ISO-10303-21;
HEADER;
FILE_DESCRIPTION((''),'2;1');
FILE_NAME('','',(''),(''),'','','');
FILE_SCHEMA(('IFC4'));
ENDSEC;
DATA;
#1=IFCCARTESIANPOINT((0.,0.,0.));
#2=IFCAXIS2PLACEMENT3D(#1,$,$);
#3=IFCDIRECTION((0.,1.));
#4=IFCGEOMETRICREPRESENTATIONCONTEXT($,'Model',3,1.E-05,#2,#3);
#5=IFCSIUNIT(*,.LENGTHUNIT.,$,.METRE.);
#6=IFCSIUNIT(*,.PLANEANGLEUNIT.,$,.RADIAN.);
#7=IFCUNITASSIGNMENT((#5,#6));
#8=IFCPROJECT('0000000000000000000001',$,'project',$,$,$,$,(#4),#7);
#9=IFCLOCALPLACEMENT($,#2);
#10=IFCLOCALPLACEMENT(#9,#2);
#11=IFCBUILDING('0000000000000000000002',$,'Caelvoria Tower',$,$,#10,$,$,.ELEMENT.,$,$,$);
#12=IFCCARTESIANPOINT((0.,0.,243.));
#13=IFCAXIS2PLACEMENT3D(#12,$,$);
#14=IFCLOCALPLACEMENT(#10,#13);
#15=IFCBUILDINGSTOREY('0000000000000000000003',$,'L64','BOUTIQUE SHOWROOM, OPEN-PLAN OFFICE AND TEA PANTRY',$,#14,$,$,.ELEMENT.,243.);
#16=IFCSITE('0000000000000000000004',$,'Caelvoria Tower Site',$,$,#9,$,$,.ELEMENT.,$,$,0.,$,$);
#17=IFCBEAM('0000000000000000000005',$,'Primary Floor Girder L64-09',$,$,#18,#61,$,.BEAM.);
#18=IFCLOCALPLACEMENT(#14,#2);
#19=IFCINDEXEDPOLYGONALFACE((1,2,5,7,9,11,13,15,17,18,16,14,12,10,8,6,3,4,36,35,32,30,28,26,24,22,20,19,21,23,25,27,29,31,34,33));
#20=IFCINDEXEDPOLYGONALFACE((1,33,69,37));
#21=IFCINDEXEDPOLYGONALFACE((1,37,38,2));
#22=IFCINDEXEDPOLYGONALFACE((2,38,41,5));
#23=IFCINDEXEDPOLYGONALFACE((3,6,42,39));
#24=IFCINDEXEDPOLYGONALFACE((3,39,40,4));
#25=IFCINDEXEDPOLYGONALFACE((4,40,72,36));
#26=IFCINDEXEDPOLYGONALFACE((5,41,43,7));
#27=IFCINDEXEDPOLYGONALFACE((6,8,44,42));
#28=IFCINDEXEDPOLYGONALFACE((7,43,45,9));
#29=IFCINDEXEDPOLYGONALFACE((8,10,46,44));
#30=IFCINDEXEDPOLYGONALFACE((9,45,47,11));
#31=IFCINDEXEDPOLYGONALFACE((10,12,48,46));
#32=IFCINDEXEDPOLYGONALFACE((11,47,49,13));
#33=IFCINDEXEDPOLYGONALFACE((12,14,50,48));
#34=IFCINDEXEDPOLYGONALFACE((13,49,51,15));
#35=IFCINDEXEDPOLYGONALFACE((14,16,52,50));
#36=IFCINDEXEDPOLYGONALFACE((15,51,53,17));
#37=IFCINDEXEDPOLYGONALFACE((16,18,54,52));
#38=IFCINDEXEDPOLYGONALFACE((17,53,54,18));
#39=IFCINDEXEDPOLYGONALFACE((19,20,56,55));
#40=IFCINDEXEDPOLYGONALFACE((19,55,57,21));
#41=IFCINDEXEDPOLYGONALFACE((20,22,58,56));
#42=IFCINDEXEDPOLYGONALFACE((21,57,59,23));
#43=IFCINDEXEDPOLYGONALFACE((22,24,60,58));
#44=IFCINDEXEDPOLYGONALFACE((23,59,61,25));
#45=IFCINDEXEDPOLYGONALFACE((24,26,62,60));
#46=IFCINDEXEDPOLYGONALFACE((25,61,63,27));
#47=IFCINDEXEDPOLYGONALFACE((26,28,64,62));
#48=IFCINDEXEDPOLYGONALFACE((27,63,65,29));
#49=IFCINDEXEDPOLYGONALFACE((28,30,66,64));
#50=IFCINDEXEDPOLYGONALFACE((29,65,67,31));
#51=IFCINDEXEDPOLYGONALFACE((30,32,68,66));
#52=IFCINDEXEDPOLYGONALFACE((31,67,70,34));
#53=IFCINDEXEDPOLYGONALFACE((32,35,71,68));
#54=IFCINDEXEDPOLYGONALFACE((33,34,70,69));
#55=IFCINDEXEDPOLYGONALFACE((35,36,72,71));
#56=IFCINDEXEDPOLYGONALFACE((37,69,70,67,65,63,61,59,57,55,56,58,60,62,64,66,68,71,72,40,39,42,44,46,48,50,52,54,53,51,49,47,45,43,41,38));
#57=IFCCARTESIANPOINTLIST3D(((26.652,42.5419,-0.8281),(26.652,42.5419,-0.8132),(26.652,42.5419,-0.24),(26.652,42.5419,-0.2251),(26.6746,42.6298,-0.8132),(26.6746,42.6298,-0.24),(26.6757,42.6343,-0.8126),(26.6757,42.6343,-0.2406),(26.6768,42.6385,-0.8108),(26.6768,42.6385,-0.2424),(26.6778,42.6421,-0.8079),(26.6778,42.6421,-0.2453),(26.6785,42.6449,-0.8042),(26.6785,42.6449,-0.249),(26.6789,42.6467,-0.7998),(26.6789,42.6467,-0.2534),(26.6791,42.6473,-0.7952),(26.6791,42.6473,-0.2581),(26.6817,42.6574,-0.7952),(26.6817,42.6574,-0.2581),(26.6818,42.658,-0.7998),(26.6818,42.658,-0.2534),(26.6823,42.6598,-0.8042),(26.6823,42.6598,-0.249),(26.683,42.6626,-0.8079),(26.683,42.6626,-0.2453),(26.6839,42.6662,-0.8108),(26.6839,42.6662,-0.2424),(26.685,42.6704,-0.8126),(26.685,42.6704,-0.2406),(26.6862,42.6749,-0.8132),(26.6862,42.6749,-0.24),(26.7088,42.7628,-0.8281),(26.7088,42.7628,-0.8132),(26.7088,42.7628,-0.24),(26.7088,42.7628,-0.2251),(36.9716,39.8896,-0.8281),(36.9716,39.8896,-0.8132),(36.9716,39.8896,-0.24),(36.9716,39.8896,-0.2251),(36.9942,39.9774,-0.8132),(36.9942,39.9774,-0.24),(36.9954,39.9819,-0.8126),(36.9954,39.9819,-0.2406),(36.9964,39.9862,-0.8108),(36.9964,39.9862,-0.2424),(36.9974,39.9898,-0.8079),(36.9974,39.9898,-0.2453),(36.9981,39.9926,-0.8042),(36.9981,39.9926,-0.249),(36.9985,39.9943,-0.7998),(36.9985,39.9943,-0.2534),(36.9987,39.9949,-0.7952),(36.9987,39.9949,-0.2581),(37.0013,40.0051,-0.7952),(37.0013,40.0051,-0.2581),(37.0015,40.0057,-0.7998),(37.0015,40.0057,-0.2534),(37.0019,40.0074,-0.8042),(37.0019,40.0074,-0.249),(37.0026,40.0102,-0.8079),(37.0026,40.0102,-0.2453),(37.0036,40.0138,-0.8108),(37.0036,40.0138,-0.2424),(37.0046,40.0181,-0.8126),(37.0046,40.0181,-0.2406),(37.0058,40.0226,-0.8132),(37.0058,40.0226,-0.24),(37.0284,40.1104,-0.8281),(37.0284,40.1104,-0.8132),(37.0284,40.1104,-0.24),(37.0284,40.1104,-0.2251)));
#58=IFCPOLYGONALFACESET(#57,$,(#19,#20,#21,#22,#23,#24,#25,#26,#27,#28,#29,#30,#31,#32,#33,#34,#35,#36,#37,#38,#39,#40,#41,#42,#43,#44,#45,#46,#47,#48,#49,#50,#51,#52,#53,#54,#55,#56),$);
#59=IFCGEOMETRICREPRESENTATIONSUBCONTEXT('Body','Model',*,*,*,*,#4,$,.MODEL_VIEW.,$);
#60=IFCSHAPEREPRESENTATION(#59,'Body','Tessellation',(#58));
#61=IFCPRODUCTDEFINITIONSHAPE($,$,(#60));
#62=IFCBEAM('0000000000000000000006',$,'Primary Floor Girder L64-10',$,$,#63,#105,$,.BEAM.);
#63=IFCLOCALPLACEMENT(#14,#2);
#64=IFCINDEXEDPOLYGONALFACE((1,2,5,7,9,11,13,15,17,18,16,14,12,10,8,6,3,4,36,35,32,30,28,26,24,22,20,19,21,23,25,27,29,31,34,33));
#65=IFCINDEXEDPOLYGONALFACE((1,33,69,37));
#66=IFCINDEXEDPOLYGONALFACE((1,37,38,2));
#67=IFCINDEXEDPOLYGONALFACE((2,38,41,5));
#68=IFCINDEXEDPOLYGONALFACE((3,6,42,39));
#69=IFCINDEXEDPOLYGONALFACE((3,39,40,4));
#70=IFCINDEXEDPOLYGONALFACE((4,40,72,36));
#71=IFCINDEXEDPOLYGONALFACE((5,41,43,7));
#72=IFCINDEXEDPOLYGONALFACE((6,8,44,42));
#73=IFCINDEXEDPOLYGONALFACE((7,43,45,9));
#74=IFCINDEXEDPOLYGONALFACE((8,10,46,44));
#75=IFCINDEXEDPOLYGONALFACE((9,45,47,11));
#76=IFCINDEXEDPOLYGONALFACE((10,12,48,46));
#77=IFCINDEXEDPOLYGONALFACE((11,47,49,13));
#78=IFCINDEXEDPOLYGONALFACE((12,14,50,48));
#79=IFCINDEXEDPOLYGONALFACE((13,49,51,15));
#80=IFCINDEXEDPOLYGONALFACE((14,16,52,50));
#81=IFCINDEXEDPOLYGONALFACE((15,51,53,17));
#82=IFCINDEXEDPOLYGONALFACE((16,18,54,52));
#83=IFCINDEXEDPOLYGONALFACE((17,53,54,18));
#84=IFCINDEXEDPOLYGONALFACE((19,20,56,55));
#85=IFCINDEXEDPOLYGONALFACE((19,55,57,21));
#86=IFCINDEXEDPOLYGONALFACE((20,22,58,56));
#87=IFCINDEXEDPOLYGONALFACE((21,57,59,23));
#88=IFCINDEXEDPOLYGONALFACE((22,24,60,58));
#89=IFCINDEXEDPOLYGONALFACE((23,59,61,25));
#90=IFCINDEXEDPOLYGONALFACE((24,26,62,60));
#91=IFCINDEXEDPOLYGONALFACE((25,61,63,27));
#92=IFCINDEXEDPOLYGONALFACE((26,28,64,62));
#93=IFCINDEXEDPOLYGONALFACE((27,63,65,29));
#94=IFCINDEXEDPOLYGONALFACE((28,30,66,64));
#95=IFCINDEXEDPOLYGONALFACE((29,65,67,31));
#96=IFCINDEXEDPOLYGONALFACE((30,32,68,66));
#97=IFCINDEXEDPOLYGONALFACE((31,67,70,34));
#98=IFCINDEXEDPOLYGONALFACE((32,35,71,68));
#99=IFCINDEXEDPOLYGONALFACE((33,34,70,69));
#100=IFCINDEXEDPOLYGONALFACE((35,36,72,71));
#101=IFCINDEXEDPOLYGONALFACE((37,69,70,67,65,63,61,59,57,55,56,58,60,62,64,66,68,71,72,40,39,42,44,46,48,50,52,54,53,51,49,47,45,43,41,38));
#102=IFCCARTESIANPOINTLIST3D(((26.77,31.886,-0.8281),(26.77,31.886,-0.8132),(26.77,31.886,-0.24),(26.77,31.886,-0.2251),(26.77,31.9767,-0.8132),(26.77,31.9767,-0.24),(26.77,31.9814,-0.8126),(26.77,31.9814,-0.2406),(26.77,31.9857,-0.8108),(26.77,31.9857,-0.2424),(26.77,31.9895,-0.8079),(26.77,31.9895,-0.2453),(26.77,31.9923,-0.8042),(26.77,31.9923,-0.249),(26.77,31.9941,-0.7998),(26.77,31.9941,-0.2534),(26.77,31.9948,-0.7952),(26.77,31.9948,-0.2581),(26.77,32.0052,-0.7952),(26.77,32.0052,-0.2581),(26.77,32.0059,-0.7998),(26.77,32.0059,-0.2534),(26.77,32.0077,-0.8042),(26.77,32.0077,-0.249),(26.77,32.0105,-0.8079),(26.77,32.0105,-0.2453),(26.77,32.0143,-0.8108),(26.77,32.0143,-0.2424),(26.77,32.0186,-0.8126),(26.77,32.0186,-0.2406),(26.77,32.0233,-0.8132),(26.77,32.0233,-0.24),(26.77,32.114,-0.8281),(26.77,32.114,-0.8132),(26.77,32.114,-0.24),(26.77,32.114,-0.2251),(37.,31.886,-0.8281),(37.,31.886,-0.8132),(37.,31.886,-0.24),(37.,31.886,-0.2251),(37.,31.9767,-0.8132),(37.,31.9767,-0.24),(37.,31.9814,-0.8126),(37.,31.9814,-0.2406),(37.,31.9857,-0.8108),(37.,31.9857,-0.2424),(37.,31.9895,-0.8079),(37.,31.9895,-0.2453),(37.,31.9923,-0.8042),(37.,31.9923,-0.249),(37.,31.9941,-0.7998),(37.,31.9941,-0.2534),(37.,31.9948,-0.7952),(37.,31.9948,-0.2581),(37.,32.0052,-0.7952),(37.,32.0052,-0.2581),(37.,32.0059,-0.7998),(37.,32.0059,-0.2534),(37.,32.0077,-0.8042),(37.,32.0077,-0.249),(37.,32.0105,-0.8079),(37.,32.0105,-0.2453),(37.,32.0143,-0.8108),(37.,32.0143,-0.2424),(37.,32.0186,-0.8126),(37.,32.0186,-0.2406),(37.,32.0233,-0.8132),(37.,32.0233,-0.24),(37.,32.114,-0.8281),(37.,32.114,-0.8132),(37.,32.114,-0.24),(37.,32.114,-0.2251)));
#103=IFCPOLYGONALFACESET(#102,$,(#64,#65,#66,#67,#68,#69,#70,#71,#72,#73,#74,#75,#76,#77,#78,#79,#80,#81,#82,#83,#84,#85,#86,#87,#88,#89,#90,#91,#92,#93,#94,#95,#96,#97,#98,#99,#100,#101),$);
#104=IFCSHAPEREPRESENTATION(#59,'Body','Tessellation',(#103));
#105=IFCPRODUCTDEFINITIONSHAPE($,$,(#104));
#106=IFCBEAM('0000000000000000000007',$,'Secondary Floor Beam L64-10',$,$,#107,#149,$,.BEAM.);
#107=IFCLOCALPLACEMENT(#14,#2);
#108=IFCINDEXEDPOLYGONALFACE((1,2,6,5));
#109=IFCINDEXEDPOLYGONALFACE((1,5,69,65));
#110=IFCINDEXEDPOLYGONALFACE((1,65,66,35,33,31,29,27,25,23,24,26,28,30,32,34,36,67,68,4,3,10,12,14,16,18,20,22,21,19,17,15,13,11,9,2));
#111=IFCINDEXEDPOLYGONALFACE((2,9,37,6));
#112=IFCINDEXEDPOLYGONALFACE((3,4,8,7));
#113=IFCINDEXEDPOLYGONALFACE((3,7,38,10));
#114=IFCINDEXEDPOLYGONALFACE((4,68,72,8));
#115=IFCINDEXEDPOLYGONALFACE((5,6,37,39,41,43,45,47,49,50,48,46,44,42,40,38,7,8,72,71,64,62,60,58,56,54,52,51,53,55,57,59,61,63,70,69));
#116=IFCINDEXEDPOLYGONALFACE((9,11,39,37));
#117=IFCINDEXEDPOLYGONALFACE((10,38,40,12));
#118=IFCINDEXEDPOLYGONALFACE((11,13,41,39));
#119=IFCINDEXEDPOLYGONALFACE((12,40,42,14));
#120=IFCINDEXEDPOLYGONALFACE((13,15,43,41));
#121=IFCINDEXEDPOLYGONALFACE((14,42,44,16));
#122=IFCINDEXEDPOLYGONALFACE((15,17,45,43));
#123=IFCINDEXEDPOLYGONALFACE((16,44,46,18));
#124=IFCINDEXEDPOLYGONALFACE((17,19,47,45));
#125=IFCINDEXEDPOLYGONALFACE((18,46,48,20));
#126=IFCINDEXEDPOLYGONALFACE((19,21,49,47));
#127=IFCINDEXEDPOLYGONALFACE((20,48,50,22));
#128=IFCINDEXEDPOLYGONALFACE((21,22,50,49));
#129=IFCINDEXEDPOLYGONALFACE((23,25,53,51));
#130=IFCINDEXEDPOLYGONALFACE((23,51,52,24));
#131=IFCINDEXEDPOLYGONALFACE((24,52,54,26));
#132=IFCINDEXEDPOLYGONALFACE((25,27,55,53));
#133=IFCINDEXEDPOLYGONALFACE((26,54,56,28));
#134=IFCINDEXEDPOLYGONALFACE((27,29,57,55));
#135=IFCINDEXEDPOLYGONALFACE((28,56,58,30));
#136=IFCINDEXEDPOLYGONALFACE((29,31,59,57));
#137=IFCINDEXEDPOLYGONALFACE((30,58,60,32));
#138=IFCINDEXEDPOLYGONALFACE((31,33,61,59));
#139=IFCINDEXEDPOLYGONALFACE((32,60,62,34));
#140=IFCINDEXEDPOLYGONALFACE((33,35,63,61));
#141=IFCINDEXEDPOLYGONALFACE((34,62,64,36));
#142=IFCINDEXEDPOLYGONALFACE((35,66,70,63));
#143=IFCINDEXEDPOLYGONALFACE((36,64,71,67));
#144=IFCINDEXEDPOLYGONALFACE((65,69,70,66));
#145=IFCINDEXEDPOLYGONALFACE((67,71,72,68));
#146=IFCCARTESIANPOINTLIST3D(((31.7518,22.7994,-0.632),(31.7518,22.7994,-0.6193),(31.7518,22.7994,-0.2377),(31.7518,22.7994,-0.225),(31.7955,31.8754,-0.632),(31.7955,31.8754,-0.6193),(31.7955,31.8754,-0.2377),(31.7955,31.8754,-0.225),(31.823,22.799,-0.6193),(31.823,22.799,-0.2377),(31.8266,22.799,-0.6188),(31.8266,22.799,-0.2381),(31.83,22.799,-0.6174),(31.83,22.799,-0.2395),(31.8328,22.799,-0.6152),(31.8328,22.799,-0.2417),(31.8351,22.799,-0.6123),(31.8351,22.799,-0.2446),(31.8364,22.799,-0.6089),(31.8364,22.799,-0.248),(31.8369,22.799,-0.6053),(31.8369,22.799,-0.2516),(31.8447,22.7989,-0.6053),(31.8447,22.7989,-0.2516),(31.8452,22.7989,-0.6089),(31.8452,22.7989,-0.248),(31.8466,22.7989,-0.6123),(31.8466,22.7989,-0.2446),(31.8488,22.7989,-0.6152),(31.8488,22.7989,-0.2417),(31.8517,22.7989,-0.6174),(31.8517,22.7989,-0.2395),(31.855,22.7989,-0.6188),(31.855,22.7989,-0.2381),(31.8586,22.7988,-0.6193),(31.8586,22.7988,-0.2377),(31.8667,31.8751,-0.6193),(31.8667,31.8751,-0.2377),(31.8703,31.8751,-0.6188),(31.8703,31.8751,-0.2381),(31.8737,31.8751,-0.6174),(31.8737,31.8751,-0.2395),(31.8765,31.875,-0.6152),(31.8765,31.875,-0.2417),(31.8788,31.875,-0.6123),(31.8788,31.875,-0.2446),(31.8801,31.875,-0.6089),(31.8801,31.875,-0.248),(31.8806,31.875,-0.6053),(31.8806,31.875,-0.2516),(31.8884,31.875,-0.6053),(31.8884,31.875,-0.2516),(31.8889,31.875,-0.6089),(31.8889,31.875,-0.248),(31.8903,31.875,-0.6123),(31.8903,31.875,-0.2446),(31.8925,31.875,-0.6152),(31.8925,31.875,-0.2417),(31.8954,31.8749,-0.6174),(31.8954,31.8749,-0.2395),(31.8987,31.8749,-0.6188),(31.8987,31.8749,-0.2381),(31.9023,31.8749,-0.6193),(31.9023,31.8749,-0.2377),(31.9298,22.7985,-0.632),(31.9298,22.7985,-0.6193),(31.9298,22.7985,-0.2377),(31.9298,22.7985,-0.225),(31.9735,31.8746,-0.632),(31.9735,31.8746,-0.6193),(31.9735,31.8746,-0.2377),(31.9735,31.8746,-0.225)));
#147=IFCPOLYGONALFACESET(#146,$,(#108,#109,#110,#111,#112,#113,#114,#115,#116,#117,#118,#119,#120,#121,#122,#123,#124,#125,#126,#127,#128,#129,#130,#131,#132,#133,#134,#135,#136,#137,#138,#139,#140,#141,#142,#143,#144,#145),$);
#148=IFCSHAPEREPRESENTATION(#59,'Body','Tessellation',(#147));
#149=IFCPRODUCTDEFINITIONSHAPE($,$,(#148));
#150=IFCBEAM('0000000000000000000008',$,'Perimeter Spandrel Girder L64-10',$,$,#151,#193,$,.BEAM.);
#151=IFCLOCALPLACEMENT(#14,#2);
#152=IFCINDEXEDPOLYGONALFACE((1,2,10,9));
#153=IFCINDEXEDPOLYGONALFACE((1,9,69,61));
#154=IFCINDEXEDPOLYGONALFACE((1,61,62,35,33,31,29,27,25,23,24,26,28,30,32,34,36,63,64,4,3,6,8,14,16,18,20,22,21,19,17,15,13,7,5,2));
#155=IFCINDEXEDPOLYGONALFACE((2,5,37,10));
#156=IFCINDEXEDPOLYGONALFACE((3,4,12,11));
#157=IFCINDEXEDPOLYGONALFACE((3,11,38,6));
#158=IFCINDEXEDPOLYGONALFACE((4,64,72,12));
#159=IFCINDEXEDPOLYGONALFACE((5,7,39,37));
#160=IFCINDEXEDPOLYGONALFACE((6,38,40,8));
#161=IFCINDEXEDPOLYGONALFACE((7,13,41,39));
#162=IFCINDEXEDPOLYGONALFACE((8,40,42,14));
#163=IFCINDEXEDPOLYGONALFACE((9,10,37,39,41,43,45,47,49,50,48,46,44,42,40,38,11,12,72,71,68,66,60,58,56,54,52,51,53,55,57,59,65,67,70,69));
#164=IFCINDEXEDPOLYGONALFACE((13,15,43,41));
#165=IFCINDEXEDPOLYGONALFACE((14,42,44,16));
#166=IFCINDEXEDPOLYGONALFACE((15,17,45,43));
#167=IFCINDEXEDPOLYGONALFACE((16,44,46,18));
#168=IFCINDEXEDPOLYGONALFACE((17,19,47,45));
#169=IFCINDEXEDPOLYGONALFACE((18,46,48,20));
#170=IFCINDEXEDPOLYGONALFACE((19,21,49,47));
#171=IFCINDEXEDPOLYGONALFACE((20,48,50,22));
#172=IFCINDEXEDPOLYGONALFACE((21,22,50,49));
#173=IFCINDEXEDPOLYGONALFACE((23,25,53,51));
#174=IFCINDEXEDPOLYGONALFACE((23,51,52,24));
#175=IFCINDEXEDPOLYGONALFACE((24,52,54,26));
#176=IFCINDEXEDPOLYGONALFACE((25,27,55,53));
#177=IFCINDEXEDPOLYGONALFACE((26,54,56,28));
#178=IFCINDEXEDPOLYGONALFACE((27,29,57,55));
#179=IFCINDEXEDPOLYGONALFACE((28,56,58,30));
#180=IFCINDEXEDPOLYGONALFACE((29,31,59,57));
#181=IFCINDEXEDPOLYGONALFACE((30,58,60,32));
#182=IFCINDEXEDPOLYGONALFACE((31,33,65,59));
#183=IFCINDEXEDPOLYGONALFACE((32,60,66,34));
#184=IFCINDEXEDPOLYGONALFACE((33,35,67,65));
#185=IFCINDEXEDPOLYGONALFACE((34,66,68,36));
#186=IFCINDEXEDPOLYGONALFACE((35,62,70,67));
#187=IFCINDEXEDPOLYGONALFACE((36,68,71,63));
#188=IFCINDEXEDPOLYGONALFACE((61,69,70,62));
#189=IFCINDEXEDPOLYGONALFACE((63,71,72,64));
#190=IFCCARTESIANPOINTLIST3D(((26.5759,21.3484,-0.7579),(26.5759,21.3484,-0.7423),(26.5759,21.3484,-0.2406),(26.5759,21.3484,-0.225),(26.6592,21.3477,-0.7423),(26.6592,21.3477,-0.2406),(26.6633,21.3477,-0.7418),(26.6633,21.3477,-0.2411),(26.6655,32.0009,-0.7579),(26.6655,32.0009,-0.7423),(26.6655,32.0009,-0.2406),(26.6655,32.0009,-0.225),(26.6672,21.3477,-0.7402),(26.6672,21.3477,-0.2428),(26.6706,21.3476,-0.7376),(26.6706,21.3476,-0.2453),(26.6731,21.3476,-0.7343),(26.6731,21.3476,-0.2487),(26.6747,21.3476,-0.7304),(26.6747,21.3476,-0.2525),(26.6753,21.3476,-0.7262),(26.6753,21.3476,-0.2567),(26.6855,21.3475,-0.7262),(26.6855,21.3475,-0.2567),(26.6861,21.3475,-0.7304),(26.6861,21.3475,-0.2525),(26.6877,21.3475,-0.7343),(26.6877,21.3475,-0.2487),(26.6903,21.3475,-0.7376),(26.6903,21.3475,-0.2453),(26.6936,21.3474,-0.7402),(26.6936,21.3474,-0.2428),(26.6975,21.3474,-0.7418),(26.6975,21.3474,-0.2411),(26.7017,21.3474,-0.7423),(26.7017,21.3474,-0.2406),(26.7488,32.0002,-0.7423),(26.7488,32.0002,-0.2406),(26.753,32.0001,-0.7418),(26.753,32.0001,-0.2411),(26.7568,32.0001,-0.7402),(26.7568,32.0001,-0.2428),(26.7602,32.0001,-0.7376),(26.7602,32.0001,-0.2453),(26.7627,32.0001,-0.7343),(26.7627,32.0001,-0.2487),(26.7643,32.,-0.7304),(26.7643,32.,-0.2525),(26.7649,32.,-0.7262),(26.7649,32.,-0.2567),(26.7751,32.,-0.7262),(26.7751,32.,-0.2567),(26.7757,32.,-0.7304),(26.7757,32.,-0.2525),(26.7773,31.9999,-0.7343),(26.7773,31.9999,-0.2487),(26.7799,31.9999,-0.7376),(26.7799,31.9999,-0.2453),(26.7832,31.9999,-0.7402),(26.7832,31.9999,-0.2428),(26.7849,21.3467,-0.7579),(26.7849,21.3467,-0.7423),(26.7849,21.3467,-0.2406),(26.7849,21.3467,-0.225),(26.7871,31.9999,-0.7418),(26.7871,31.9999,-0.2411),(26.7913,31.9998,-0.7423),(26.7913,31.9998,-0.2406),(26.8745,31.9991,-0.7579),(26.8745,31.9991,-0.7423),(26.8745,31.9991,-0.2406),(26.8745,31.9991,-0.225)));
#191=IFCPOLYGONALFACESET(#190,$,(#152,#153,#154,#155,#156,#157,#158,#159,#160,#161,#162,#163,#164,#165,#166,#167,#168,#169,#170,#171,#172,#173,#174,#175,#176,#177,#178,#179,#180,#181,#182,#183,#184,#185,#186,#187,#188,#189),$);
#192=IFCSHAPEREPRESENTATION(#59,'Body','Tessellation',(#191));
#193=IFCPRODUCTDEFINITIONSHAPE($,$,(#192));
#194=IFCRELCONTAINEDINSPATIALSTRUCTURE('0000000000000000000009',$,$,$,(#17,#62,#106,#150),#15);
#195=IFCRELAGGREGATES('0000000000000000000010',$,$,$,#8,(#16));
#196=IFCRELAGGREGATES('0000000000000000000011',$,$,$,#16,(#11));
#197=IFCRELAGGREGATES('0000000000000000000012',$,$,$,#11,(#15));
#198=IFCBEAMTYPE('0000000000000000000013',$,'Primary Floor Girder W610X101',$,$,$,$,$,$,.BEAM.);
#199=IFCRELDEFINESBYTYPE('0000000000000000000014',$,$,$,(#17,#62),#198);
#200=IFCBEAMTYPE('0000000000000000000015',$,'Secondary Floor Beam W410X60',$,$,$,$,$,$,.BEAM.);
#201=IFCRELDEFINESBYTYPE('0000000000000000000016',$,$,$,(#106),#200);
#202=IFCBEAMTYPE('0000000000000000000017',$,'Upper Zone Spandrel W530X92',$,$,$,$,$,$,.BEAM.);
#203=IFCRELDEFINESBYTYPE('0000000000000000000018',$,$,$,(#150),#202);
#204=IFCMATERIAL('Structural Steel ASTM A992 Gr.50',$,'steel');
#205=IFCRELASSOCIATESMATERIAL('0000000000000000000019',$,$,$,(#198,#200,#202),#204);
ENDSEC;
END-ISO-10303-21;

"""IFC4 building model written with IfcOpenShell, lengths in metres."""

from ifc_helpers import new_model, si_unit, direction, frame, origin, origin_2d, place, context, subcontext, project, spatial, i_section, extrude, material, material_profile, profile_set, type_object, element, save


model = new_model("IFC4")

# Units and contexts
model_context = context("Model", 3, precision=1e-05, world=origin(), true_north=direction((0.0, 1.0)))
body_context = subcontext(model_context, "Body", "Model", "MODEL_VIEW")
ifc_project = project(units=[si_unit("LENGTHUNIT", "METRE"), si_unit("PLANEANGLEUNIT", "RADIAN")], contexts=[model_context])

# Site, building, storey
site_placement = place(None, origin())
site = spatial("IfcSite", under=ifc_project, at=site_placement, Name="Caelvoria Tower Site", CompositionType="ELEMENT", RefElevation=0.0)
building_placement = place(site_placement, origin())
building = spatial("IfcBuilding", under=site, at=building_placement, Name="Caelvoria Tower", CompositionType="ELEMENT")
storey_placement = place(building_placement, frame((0.0, 0.0, 243.0)))
storey = spatial("IfcBuildingStorey", under=building, at=storey_placement, Name="L64", Description="BOUTIQUE SHOWROOM, OPEN-PLAN OFFICE AND TEA PANTRY", CompositionType="ELEMENT", Elevation=243.0)

# Shared definitions
ifc_material_1 = material(Name="Structural Steel ASTM A992 Gr.50", Category="steel")

# Beams
ifc_material_profile_1 = material_profile(ifc_material_1, i_section(OverallWidth=0.228, OverallDepth=0.603, WebThickness=0.0105, FlangeThickness=0.0149, FilletRadius=0.0181, at=origin_2d()), Name="Structural Steel ASTM A992 Gr.50")
ifc_profile_set_1 = profile_set([ifc_material_profile_1], Name="W610X101 - Structural Steel ASTM A992 Gr.50")
beam_type_1 = type_object("IfcBeamType", Name="Primary Floor Girder W610X101", PredefinedType="BEAM", material=ifc_profile_set_1)
beam_1_placement = place(storey_placement, frame((37.0, 40.0, -0.5266), z_axis=(-0.968522, 0.24893, 0.0), x_axis=(-0.24893, -0.968522, 0.0)))
element("IfcBeam", 1, at=beam_1_placement, inside=storey, type_object=beam_type_1, Name="Primary Floor Girder L64-09", PredefinedType="BEAM", context=body_context, shape_type="SweptSolid", body=[
    extrude(i_section(OverallWidth=0.228, OverallDepth=0.603, WebThickness=0.0105, FlangeThickness=0.0149, FilletRadius=0.0181, at=origin_2d()), origin(), (0.0, 0.0, 1.0), 10.655),
])
beam_2_placement = place(storey_placement, frame((37.0, 32.0, -0.5266), z_axis=(-1.0, 0.0, 0.0), x_axis=(0.0, -1.0, 0.0)))
element("IfcBeam", 2, at=beam_2_placement, inside=storey, type_object=beam_type_1, Name="Primary Floor Girder L64-10", PredefinedType="BEAM", context=body_context, shape_type="SweptSolid", body=[
    extrude(i_section(OverallWidth=0.228, OverallDepth=0.603, WebThickness=0.0105, FlangeThickness=0.0149, FilletRadius=0.0181, at=origin_2d()), origin(), (0.0, 0.0, 1.0), 10.23),
])
ifc_material_profile_2 = material_profile(ifc_material_1, i_section(OverallWidth=0.178, OverallDepth=0.407, WebThickness=0.0078, FlangeThickness=0.0127, FilletRadius=0.0139, at=origin_2d()), Name="Structural Steel ASTM A992 Gr.50")
ifc_profile_set_2 = profile_set([ifc_material_profile_2], Name="W410X60 - Structural Steel ASTM A992 Gr.50")
beam_type_2 = type_object("IfcBeamType", Name="Secondary Floor Beam W410X60", PredefinedType="BEAM", material=ifc_profile_set_2)
beam_3_placement = place(storey_placement, frame((31.8845, 31.875, -0.4285), z_axis=(-0.004815, -0.999988, 0.0), x_axis=(0.999988, -0.004815, 0.0)))
element("IfcBeam", 3, at=beam_3_placement, inside=storey, type_object=beam_type_2, Name="Secondary Floor Beam L64-10", PredefinedType="BEAM", context=body_context, shape_type="SweptSolid", body=[
    extrude(i_section(OverallWidth=0.178, OverallDepth=0.407, WebThickness=0.0078, FlangeThickness=0.0127, FilletRadius=0.0139, at=origin_2d()), origin(), (0.0, 0.0, 1.0), 9.0762),
])
ifc_material_profile_3 = material_profile(ifc_material_1, i_section(OverallWidth=0.209, OverallDepth=0.533, WebThickness=0.0103, FlangeThickness=0.0156, FilletRadius=0.0161, at=origin_2d()), Name="Structural Steel ASTM A992 Gr.50")
ifc_profile_set_3 = profile_set([ifc_material_profile_3], Name="W530X92 - Structural Steel ASTM A992 Gr.50")
beam_type_3 = type_object("IfcBeamType", Name="Upper Zone Spandrel W530X92", PredefinedType="BEAM", material=ifc_profile_set_3)
beam_4_placement = place(storey_placement, frame((26.77, 32.0, -0.4915), z_axis=(-0.008411, -0.999965, 0.0), x_axis=(0.999965, -0.008411, 0.0)))
element("IfcBeam", 4, at=beam_4_placement, inside=storey, type_object=beam_type_3, Name="Perimeter Spandrel Girder L64-10", PredefinedType="BEAM", context=body_context, shape_type="SweptSolid", body=[
    extrude(i_section(OverallWidth=0.209, OverallDepth=0.533, WebThickness=0.0103, FlangeThickness=0.0156, FilletRadius=0.0161, at=origin_2d()), origin(), (0.0, 0.0, 1.0), 10.6528),
])

save(model, "model.ifc")
